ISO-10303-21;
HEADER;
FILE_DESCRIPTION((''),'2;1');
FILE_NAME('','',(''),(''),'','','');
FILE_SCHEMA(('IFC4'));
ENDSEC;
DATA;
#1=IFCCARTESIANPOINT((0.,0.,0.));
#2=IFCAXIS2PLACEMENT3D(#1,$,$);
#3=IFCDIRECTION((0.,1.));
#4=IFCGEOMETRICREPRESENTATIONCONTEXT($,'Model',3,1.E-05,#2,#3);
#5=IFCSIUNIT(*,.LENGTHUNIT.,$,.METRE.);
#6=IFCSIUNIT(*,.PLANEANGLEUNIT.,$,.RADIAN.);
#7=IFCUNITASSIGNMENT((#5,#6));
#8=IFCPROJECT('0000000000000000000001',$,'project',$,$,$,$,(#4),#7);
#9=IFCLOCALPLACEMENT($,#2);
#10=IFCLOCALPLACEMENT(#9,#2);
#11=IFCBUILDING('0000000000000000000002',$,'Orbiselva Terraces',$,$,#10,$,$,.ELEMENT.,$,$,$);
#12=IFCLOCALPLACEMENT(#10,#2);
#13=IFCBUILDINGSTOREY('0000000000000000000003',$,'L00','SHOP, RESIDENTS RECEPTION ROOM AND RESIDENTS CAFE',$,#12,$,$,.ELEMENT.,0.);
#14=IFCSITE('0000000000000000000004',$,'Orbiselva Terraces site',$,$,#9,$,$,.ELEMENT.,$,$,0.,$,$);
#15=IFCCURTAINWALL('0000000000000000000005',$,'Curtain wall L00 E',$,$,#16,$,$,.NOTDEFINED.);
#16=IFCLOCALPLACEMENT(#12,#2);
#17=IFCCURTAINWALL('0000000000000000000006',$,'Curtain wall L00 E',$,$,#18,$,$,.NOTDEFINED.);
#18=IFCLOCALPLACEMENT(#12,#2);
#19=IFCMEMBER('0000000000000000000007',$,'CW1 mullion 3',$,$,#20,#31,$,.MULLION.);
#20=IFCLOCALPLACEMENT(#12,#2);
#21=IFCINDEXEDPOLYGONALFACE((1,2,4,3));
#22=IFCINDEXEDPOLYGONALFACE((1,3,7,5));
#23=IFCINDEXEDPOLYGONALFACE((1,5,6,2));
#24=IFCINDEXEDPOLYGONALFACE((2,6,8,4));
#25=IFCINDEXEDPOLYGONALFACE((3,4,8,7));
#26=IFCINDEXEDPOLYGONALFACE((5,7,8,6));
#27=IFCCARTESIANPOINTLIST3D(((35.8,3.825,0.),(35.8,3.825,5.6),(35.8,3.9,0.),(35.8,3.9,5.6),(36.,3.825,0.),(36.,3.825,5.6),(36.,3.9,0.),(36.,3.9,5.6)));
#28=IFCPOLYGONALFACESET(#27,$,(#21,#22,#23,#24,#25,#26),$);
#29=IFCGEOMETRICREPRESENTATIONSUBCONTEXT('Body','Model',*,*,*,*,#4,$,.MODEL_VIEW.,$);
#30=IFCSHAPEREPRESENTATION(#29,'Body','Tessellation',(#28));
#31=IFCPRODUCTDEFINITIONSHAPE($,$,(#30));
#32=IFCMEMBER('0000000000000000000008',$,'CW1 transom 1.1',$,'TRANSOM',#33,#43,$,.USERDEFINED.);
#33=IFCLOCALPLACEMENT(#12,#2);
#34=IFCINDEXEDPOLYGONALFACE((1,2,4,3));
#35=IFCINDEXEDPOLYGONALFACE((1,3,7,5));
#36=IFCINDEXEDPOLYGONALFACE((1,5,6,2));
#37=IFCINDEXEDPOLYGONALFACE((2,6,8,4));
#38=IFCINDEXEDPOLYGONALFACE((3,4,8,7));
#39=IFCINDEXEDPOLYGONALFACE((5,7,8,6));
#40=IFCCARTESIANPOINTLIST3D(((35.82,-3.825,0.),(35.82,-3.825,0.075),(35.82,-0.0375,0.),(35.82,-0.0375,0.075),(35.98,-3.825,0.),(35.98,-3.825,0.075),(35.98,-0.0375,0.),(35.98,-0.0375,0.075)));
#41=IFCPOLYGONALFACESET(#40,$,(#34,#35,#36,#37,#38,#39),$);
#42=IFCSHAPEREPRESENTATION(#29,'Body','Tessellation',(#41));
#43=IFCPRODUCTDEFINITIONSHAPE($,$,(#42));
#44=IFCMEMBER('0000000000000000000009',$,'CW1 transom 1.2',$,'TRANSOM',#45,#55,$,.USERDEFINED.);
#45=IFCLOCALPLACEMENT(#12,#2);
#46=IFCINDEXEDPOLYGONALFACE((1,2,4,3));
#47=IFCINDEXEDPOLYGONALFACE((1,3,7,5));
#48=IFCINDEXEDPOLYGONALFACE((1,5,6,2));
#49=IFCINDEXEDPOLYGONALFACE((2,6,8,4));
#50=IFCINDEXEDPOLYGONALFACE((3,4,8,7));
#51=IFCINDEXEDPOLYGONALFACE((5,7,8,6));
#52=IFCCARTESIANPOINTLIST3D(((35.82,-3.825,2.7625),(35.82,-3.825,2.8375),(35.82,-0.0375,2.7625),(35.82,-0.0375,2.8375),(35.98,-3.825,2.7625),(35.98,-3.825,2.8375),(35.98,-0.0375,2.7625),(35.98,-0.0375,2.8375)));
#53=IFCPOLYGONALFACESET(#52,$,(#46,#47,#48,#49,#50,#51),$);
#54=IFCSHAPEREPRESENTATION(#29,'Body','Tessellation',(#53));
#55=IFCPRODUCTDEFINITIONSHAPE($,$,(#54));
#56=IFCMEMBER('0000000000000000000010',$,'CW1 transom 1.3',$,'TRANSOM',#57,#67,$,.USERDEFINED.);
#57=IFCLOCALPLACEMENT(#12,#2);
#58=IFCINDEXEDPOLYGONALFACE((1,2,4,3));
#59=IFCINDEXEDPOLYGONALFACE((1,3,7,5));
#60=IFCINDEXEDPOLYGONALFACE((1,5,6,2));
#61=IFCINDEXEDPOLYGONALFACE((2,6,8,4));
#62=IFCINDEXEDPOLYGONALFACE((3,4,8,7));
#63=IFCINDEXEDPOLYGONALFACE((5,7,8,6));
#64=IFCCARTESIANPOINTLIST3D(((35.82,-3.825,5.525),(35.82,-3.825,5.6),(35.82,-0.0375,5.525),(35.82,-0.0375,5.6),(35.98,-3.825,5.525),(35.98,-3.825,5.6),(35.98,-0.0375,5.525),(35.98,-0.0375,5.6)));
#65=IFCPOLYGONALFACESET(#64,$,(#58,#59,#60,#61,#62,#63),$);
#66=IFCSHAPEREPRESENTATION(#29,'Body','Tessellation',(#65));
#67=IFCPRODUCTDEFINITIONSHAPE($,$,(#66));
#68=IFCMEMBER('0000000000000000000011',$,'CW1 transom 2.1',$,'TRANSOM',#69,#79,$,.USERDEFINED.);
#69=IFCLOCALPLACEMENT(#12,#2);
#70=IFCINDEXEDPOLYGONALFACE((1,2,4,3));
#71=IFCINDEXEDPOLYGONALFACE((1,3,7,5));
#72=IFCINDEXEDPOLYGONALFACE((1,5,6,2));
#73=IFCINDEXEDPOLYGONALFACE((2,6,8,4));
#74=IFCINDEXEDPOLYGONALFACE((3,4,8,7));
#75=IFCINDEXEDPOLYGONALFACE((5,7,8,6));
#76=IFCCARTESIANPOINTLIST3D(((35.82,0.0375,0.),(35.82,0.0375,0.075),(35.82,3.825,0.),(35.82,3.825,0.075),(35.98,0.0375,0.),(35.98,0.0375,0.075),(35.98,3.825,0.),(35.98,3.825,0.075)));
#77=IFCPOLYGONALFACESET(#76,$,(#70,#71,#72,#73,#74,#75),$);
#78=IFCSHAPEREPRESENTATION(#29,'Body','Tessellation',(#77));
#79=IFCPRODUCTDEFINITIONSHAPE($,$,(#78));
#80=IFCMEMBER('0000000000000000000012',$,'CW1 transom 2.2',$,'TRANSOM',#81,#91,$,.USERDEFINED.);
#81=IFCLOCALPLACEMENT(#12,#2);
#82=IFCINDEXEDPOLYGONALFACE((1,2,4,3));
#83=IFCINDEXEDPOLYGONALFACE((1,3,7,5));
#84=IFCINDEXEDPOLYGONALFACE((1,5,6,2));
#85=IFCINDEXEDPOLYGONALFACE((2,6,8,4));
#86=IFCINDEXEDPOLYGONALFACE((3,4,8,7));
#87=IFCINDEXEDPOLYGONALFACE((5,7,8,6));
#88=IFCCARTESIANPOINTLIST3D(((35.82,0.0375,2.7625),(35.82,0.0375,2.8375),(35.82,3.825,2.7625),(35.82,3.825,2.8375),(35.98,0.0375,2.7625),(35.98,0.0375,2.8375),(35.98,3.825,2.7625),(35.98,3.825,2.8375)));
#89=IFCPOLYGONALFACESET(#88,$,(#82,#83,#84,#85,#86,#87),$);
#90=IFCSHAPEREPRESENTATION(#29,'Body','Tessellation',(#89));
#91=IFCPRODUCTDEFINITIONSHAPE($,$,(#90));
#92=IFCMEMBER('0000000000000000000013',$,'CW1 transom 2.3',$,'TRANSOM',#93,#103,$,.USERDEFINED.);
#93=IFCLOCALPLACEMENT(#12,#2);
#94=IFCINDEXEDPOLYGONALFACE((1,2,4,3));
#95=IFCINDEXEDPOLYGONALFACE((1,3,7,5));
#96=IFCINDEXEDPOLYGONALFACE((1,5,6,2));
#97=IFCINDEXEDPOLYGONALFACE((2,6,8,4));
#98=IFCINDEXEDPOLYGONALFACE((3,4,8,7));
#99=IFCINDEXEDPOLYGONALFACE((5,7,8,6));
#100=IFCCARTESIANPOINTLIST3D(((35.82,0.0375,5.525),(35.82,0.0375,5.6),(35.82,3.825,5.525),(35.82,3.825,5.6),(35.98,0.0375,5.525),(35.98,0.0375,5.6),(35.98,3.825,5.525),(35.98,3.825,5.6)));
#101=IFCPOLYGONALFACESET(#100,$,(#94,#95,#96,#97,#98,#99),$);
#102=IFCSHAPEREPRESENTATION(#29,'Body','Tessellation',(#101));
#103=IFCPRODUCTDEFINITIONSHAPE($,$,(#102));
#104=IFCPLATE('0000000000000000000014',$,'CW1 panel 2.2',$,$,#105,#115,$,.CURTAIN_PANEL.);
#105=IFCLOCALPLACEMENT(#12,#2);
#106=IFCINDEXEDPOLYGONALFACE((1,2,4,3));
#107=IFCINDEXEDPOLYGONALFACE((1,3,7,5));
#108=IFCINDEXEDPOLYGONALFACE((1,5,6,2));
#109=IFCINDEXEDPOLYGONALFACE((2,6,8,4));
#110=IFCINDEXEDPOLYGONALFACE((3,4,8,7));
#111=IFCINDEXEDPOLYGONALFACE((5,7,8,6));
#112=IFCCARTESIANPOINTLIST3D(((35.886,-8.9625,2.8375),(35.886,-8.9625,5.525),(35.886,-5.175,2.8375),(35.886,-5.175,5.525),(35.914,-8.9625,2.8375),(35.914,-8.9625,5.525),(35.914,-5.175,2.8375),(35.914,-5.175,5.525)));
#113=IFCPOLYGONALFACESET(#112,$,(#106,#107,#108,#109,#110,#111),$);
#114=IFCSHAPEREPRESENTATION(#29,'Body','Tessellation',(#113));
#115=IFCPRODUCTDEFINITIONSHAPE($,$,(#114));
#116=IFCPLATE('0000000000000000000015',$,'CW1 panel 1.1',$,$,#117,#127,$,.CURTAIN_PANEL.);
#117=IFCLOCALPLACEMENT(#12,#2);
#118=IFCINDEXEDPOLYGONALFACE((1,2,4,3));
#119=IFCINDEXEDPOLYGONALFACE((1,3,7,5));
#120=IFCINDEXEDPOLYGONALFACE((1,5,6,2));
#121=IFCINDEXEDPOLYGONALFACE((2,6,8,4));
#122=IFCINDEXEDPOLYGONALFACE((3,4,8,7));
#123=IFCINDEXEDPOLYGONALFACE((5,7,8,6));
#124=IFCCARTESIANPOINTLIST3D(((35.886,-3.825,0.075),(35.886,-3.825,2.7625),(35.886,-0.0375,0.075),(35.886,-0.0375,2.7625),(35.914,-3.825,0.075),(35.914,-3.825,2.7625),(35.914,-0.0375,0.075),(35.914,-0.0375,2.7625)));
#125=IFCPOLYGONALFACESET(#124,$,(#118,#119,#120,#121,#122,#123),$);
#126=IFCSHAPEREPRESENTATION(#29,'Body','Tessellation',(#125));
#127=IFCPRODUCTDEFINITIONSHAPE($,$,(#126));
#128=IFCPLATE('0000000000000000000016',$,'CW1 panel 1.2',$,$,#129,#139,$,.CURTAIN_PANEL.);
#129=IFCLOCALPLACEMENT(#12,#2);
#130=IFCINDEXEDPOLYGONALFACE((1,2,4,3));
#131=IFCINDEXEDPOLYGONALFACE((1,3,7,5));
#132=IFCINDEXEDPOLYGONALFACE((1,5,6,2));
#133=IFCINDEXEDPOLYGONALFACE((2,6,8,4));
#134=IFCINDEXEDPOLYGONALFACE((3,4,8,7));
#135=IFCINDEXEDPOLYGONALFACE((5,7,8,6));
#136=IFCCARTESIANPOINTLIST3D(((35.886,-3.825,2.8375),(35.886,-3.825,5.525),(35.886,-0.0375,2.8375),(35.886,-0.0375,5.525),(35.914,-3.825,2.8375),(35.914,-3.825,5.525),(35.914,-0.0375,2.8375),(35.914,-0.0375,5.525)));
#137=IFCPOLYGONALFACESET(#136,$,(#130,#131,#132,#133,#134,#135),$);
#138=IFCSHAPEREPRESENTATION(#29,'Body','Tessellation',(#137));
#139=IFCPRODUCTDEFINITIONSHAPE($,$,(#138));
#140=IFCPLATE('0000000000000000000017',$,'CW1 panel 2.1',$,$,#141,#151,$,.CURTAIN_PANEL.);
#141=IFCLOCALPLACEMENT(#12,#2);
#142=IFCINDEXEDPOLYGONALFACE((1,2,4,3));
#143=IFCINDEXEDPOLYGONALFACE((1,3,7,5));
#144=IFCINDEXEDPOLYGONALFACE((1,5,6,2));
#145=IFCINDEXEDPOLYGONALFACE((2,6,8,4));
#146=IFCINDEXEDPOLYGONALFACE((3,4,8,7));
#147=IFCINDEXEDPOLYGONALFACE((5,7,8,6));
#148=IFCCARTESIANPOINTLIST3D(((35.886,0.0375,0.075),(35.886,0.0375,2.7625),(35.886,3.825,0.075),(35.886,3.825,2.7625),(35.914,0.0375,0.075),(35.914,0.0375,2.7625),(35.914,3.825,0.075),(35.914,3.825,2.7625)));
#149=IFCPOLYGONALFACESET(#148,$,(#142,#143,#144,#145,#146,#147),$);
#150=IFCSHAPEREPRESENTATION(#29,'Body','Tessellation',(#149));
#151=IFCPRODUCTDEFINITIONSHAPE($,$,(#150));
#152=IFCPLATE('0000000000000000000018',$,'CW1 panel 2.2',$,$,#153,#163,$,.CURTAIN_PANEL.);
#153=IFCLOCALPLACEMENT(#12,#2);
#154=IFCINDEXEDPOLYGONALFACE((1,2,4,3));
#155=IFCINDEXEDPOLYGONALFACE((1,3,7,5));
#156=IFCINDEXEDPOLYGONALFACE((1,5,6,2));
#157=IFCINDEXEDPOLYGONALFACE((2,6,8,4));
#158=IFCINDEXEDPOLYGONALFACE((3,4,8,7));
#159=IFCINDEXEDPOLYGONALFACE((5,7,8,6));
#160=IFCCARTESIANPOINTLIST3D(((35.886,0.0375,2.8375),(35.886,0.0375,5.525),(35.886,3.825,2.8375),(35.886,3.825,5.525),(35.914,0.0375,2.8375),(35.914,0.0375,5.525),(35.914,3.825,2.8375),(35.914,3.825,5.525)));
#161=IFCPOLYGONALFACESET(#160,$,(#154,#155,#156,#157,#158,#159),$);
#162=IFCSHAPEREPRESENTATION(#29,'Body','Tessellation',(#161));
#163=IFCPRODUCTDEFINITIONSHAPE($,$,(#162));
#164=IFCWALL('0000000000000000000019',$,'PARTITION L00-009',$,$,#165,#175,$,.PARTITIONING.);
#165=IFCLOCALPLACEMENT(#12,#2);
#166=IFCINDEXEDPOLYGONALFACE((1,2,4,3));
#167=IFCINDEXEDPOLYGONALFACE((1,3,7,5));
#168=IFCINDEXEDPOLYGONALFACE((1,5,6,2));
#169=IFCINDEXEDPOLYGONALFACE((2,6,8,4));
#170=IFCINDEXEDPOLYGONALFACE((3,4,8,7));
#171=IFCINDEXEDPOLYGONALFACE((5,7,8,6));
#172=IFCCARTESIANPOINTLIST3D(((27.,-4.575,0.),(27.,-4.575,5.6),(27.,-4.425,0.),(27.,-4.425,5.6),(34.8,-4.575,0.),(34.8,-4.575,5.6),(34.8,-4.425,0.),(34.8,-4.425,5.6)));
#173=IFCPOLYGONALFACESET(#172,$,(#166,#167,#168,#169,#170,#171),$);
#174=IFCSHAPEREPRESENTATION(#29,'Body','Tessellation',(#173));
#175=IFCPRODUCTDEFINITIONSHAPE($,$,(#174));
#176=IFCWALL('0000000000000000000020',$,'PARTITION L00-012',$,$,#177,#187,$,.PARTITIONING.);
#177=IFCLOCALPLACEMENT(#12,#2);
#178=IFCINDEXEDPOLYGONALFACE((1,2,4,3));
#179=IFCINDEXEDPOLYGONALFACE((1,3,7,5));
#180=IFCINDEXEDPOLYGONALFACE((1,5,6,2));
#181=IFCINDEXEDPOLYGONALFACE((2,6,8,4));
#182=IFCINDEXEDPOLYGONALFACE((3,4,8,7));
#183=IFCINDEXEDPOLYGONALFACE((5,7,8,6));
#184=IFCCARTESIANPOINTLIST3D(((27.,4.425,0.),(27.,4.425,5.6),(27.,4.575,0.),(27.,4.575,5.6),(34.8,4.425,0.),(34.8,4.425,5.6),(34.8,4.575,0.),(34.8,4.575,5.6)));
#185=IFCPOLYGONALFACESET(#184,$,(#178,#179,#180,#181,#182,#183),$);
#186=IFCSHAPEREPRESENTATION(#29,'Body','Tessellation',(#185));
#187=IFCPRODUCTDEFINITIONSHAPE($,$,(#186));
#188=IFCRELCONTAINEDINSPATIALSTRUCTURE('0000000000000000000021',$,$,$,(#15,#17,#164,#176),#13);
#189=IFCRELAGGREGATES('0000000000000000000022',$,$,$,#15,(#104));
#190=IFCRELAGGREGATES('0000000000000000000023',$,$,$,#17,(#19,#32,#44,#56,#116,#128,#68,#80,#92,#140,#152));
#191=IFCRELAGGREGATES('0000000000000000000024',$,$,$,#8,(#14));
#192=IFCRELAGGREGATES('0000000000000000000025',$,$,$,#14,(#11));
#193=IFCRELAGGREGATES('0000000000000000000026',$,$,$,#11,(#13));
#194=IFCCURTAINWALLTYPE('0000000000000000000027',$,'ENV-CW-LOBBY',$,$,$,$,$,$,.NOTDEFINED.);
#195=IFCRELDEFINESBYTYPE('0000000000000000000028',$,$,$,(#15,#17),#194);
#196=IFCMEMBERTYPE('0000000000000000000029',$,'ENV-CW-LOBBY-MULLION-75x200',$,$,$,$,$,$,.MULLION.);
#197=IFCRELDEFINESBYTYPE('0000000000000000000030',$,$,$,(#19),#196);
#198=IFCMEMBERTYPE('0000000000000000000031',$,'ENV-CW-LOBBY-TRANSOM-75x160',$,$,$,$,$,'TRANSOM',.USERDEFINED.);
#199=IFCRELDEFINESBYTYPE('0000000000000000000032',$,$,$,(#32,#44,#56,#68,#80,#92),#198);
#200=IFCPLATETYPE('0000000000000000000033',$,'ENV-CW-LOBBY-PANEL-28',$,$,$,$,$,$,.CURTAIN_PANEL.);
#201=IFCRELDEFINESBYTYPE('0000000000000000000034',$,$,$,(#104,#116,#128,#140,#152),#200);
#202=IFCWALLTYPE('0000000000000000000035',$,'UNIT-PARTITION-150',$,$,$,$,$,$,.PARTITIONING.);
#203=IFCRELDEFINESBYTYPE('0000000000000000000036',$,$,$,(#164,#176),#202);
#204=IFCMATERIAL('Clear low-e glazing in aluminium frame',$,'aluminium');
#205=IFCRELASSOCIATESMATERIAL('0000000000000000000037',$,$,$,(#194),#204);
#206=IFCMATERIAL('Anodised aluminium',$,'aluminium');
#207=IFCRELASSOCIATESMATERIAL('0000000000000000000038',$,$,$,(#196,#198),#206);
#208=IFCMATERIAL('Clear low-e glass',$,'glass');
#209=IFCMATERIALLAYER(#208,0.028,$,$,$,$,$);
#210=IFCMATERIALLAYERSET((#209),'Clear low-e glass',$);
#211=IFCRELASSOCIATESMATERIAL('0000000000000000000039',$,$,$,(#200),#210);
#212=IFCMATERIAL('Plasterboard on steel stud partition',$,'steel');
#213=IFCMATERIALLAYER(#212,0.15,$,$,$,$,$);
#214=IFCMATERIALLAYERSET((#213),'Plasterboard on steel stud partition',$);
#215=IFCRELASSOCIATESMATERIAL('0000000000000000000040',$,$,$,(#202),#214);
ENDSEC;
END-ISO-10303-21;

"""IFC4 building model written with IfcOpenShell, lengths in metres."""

from ifc_helpers import new_model, si_unit, direction, frame, frame_2d, origin, origin_2d, place, context, subcontext, project, spatial, rectangle, extrude, material, layer, layer_set, material_profile, profile_set, type_object, element, aggregate, save


model = new_model("IFC4")

# Units and contexts
model_context = context("Model", 3, precision=1e-05, world=origin(), true_north=direction((0.0, 1.0)))
body_context = subcontext(model_context, "Body", "Model", "MODEL_VIEW")
ifc_project = project(units=[si_unit("LENGTHUNIT", "METRE"), si_unit("PLANEANGLEUNIT", "RADIAN")], contexts=[model_context])

# Site, building, storey
site_placement = place(None, origin())
site = spatial("IfcSite", under=ifc_project, at=site_placement, Name="Orbiselva Terraces site", CompositionType="ELEMENT", RefElevation=0.0)
building_placement = place(site_placement, origin())
building = spatial("IfcBuilding", under=site, at=building_placement, Name="Orbiselva Terraces", CompositionType="ELEMENT")
storey_placement = place(building_placement, origin())
storey = spatial("IfcBuildingStorey", under=building, at=storey_placement, Name="L00", Description="SHOP, RESIDENTS RECEPTION ROOM AND RESIDENTS CAFE", CompositionType="ELEMENT", Elevation=0.0)

# Curtain wall
ifc_material_1 = material(Name="Clear low-e glazing in aluminium frame", Category="aluminium")
curtain_wall_type = type_object("IfcCurtainWallType", Name="ENV-CW-LOBBY", PredefinedType="NOTDEFINED", material=ifc_material_1)
curtain_wall_1_placement = place(storey_placement, origin())
curtain_wall_1 = element("IfcCurtainWall", 1, at=curtain_wall_1_placement, inside=storey, type_object=curtain_wall_type, Name="Curtain wall L00 E", PredefinedType="NOTDEFINED")
ifc_material_2 = material(Name="Anodised aluminium", Category="aluminium")
ifc_material_profile_1 = material_profile(ifc_material_2, rectangle(XDim=0.2, YDim=0.075, at=origin_2d()), Name="AL 75x200")
ifc_profile_set_1 = profile_set([ifc_material_profile_1], Name="Anodised aluminium")
member_type_1 = type_object("IfcMemberType", Name="ENV-CW-LOBBY-MULLION-75x200", PredefinedType="MULLION", material=ifc_profile_set_1)

# Curtain wall, members
curtain_wall_2_placement = place(storey_placement, origin())
curtain_wall_2 = element("IfcCurtainWall", 2, at=curtain_wall_2_placement, inside=storey, type_object=curtain_wall_type, Name="Curtain wall L00 E", PredefinedType="NOTDEFINED")
member_1_placement = place(storey_placement, frame((35.9, 3.8625, 0.0), z_axis=(0.0, 0.0, 1.0), x_axis=(-1.0, 0.0, 0.0)))
member_1 = element("IfcMember", 3, at=member_1_placement, type_object=member_type_1, Name="CW1 mullion 3", PredefinedType="MULLION", context=body_context, shape_type="SweptSolid", body=[
    extrude(rectangle(XDim=0.2, YDim=0.075, at=origin_2d()), origin(), (0.0, 0.0, 1.0), 5.6),
])
ifc_material_profile_2 = material_profile(ifc_material_2, rectangle(XDim=0.16, YDim=0.075, at=origin_2d()), Name="AL 75x160")
ifc_profile_set_2 = profile_set([ifc_material_profile_2], Name="Anodised aluminium")
member_type_2 = type_object("IfcMemberType", Name="ENV-CW-LOBBY-TRANSOM-75x160", ElementType="TRANSOM", PredefinedType="USERDEFINED", material=ifc_profile_set_2)
member_2_placement = place(storey_placement, frame((35.9, -3.825, 0.0375), z_axis=(0.0, 1.0, 0.0), x_axis=(-1.0, 0.0, 0.0)))
member_2 = element("IfcMember", 4, at=member_2_placement, type_object=member_type_2, Name="CW1 transom 1.1", ObjectType="TRANSOM", PredefinedType="USERDEFINED", context=body_context, shape_type="SweptSolid", body=[
    extrude(rectangle(XDim=0.16, YDim=0.075, at=origin_2d()), origin(), (0.0, 0.0, 1.0), 3.7875),
])
member_3_placement = place(storey_placement, frame((35.9, -3.825, 2.8), z_axis=(0.0, 1.0, 0.0), x_axis=(-1.0, 0.0, 0.0)))
member_3 = element("IfcMember", 5, at=member_3_placement, type_object=member_type_2, Name="CW1 transom 1.2", ObjectType="TRANSOM", PredefinedType="USERDEFINED", context=body_context, shape_type="SweptSolid", body=[
    extrude(rectangle(XDim=0.16, YDim=0.075, at=origin_2d()), origin(), (0.0, 0.0, 1.0), 3.7875),
])
member_4_placement = place(storey_placement, frame((35.9, -3.825, 5.5625), z_axis=(0.0, 1.0, 0.0), x_axis=(-1.0, 0.0, 0.0)))
member_4 = element("IfcMember", 6, at=member_4_placement, type_object=member_type_2, Name="CW1 transom 1.3", ObjectType="TRANSOM", PredefinedType="USERDEFINED", context=body_context, shape_type="SweptSolid", body=[
    extrude(rectangle(XDim=0.16, YDim=0.075, at=origin_2d()), origin(), (0.0, 0.0, 1.0), 3.7875),
])
member_5_placement = place(storey_placement, frame((35.9, 0.0375, 0.0375), z_axis=(0.0, 1.0, 0.0), x_axis=(-1.0, 0.0, 0.0)))
member_5 = element("IfcMember", 7, at=member_5_placement, type_object=member_type_2, Name="CW1 transom 2.1", ObjectType="TRANSOM", PredefinedType="USERDEFINED", context=body_context, shape_type="SweptSolid", body=[
    extrude(rectangle(XDim=0.16, YDim=0.075, at=origin_2d()), origin(), (0.0, 0.0, 1.0), 3.7875),
])
member_6_placement = place(storey_placement, frame((35.9, 0.0375, 2.8), z_axis=(0.0, 1.0, 0.0), x_axis=(-1.0, 0.0, 0.0)))
member_6 = element("IfcMember", 8, at=member_6_placement, type_object=member_type_2, Name="CW1 transom 2.2", ObjectType="TRANSOM", PredefinedType="USERDEFINED", context=body_context, shape_type="SweptSolid", body=[
    extrude(rectangle(XDim=0.16, YDim=0.075, at=origin_2d()), origin(), (0.0, 0.0, 1.0), 3.7875),
])
member_7_placement = place(storey_placement, frame((35.9, 0.0375, 5.5625), z_axis=(0.0, 1.0, 0.0), x_axis=(-1.0, 0.0, 0.0)))
member_7 = element("IfcMember", 9, at=member_7_placement, type_object=member_type_2, Name="CW1 transom 2.3", ObjectType="TRANSOM", PredefinedType="USERDEFINED", context=body_context, shape_type="SweptSolid", body=[
    extrude(rectangle(XDim=0.16, YDim=0.075, at=origin_2d()), origin(), (0.0, 0.0, 1.0), 3.7875),
])

# Plates
ifc_material_3 = material(Name="Clear low-e glass", Category="glass")
ifc_layer_1 = layer(ifc_material_3, 0.028)
ifc_layer_set_1 = layer_set([ifc_layer_1], Name="Clear low-e glass")
plate_type = type_object("IfcPlateType", Name="ENV-CW-LOBBY-PANEL-28", PredefinedType="CURTAIN_PANEL", material=ifc_layer_set_1)
plate_1_placement = place(storey_placement, frame((35.9, -7.0687, 2.8375), z_axis=(0.0, 0.0, 1.0), x_axis=(0.0, 1.0, 0.0)))
plate_1 = element("IfcPlate", 10, at=plate_1_placement, type_object=plate_type, Name="CW1 panel 2.2", PredefinedType="CURTAIN_PANEL", context=body_context, shape_type="SweptSolid", body=[
    extrude(rectangle(XDim=3.7875, YDim=0.028, at=origin_2d()), origin(), (0.0, 0.0, 1.0), 2.6875),
])
aggregate(curtain_wall_1, [plate_1])
plate_2_placement = place(storey_placement, frame((35.9, -1.9312, 0.075), z_axis=(0.0, 0.0, 1.0), x_axis=(0.0, 1.0, 0.0)))
plate_2 = element("IfcPlate", 11, at=plate_2_placement, type_object=plate_type, Name="CW1 panel 1.1", PredefinedType="CURTAIN_PANEL", context=body_context, shape_type="SweptSolid", body=[
    extrude(rectangle(XDim=3.7875, YDim=0.028, at=origin_2d()), origin(), (0.0, 0.0, 1.0), 2.6875),
])
plate_3_placement = place(storey_placement, frame((35.9, -1.9312, 2.8375), z_axis=(0.0, 0.0, 1.0), x_axis=(0.0, 1.0, 0.0)))
plate_3 = element("IfcPlate", 12, at=plate_3_placement, type_object=plate_type, Name="CW1 panel 1.2", PredefinedType="CURTAIN_PANEL", context=body_context, shape_type="SweptSolid", body=[
    extrude(rectangle(XDim=3.7875, YDim=0.028, at=origin_2d()), origin(), (0.0, 0.0, 1.0), 2.6875),
])
plate_4_placement = place(storey_placement, frame((35.9, 1.9312, 0.075), z_axis=(0.0, 0.0, 1.0), x_axis=(0.0, 1.0, 0.0)))
plate_4 = element("IfcPlate", 13, at=plate_4_placement, type_object=plate_type, Name="CW1 panel 2.1", PredefinedType="CURTAIN_PANEL", context=body_context, shape_type="SweptSolid", body=[
    extrude(rectangle(XDim=3.7875, YDim=0.028, at=origin_2d()), origin(), (0.0, 0.0, 1.0), 2.6875),
])
plate_5_placement = place(storey_placement, frame((35.9, 1.9312, 2.8375), z_axis=(0.0, 0.0, 1.0), x_axis=(0.0, 1.0, 0.0)))
plate_5 = element("IfcPlate", 14, at=plate_5_placement, type_object=plate_type, Name="CW1 panel 2.2", PredefinedType="CURTAIN_PANEL", context=body_context, shape_type="SweptSolid", body=[
    extrude(rectangle(XDim=3.7875, YDim=0.028, at=origin_2d()), origin(), (0.0, 0.0, 1.0), 2.6875),
])
aggregate(curtain_wall_2, [member_1, member_2, member_3, member_4, plate_2, plate_3, member_5, member_6, member_7, plate_4, plate_5])

# Walls
ifc_material_4 = material(Name="Plasterboard on steel stud partition", Category="steel")
ifc_layer_2 = layer(ifc_material_4, 0.15)
ifc_layer_set_2 = layer_set([ifc_layer_2], Name="Plasterboard on steel stud partition")
wall_type = type_object("IfcWallType", Name="UNIT-PARTITION-150", PredefinedType="PARTITIONING", material=ifc_layer_set_2)
for number, where, z_axis, x_axis, name in (
    (15, (27.0, -4.5, 0.0), (0.0, 0.0, 1.0), (1.0, 0.0, 0.0), "PARTITION L00-009"),
    (16, (27.0, 4.5, 0.0), (0.0, 0.0, 1.0), (1.0, 0.0, 0.0), "PARTITION L00-012"),
):
    element("IfcWall", number, at=place(storey_placement, frame(where, z_axis=z_axis, x_axis=x_axis)), inside=storey, type_object=wall_type, Name=name, PredefinedType="PARTITIONING", context=body_context, shape_type="SweptSolid", body=[
        extrude(rectangle(XDim=7.8, YDim=0.15, at=frame_2d((3.9, 0.0))), origin(), (0.0, 0.0, 1.0), 5.6),
    ])

save(model, "model.ifc")
